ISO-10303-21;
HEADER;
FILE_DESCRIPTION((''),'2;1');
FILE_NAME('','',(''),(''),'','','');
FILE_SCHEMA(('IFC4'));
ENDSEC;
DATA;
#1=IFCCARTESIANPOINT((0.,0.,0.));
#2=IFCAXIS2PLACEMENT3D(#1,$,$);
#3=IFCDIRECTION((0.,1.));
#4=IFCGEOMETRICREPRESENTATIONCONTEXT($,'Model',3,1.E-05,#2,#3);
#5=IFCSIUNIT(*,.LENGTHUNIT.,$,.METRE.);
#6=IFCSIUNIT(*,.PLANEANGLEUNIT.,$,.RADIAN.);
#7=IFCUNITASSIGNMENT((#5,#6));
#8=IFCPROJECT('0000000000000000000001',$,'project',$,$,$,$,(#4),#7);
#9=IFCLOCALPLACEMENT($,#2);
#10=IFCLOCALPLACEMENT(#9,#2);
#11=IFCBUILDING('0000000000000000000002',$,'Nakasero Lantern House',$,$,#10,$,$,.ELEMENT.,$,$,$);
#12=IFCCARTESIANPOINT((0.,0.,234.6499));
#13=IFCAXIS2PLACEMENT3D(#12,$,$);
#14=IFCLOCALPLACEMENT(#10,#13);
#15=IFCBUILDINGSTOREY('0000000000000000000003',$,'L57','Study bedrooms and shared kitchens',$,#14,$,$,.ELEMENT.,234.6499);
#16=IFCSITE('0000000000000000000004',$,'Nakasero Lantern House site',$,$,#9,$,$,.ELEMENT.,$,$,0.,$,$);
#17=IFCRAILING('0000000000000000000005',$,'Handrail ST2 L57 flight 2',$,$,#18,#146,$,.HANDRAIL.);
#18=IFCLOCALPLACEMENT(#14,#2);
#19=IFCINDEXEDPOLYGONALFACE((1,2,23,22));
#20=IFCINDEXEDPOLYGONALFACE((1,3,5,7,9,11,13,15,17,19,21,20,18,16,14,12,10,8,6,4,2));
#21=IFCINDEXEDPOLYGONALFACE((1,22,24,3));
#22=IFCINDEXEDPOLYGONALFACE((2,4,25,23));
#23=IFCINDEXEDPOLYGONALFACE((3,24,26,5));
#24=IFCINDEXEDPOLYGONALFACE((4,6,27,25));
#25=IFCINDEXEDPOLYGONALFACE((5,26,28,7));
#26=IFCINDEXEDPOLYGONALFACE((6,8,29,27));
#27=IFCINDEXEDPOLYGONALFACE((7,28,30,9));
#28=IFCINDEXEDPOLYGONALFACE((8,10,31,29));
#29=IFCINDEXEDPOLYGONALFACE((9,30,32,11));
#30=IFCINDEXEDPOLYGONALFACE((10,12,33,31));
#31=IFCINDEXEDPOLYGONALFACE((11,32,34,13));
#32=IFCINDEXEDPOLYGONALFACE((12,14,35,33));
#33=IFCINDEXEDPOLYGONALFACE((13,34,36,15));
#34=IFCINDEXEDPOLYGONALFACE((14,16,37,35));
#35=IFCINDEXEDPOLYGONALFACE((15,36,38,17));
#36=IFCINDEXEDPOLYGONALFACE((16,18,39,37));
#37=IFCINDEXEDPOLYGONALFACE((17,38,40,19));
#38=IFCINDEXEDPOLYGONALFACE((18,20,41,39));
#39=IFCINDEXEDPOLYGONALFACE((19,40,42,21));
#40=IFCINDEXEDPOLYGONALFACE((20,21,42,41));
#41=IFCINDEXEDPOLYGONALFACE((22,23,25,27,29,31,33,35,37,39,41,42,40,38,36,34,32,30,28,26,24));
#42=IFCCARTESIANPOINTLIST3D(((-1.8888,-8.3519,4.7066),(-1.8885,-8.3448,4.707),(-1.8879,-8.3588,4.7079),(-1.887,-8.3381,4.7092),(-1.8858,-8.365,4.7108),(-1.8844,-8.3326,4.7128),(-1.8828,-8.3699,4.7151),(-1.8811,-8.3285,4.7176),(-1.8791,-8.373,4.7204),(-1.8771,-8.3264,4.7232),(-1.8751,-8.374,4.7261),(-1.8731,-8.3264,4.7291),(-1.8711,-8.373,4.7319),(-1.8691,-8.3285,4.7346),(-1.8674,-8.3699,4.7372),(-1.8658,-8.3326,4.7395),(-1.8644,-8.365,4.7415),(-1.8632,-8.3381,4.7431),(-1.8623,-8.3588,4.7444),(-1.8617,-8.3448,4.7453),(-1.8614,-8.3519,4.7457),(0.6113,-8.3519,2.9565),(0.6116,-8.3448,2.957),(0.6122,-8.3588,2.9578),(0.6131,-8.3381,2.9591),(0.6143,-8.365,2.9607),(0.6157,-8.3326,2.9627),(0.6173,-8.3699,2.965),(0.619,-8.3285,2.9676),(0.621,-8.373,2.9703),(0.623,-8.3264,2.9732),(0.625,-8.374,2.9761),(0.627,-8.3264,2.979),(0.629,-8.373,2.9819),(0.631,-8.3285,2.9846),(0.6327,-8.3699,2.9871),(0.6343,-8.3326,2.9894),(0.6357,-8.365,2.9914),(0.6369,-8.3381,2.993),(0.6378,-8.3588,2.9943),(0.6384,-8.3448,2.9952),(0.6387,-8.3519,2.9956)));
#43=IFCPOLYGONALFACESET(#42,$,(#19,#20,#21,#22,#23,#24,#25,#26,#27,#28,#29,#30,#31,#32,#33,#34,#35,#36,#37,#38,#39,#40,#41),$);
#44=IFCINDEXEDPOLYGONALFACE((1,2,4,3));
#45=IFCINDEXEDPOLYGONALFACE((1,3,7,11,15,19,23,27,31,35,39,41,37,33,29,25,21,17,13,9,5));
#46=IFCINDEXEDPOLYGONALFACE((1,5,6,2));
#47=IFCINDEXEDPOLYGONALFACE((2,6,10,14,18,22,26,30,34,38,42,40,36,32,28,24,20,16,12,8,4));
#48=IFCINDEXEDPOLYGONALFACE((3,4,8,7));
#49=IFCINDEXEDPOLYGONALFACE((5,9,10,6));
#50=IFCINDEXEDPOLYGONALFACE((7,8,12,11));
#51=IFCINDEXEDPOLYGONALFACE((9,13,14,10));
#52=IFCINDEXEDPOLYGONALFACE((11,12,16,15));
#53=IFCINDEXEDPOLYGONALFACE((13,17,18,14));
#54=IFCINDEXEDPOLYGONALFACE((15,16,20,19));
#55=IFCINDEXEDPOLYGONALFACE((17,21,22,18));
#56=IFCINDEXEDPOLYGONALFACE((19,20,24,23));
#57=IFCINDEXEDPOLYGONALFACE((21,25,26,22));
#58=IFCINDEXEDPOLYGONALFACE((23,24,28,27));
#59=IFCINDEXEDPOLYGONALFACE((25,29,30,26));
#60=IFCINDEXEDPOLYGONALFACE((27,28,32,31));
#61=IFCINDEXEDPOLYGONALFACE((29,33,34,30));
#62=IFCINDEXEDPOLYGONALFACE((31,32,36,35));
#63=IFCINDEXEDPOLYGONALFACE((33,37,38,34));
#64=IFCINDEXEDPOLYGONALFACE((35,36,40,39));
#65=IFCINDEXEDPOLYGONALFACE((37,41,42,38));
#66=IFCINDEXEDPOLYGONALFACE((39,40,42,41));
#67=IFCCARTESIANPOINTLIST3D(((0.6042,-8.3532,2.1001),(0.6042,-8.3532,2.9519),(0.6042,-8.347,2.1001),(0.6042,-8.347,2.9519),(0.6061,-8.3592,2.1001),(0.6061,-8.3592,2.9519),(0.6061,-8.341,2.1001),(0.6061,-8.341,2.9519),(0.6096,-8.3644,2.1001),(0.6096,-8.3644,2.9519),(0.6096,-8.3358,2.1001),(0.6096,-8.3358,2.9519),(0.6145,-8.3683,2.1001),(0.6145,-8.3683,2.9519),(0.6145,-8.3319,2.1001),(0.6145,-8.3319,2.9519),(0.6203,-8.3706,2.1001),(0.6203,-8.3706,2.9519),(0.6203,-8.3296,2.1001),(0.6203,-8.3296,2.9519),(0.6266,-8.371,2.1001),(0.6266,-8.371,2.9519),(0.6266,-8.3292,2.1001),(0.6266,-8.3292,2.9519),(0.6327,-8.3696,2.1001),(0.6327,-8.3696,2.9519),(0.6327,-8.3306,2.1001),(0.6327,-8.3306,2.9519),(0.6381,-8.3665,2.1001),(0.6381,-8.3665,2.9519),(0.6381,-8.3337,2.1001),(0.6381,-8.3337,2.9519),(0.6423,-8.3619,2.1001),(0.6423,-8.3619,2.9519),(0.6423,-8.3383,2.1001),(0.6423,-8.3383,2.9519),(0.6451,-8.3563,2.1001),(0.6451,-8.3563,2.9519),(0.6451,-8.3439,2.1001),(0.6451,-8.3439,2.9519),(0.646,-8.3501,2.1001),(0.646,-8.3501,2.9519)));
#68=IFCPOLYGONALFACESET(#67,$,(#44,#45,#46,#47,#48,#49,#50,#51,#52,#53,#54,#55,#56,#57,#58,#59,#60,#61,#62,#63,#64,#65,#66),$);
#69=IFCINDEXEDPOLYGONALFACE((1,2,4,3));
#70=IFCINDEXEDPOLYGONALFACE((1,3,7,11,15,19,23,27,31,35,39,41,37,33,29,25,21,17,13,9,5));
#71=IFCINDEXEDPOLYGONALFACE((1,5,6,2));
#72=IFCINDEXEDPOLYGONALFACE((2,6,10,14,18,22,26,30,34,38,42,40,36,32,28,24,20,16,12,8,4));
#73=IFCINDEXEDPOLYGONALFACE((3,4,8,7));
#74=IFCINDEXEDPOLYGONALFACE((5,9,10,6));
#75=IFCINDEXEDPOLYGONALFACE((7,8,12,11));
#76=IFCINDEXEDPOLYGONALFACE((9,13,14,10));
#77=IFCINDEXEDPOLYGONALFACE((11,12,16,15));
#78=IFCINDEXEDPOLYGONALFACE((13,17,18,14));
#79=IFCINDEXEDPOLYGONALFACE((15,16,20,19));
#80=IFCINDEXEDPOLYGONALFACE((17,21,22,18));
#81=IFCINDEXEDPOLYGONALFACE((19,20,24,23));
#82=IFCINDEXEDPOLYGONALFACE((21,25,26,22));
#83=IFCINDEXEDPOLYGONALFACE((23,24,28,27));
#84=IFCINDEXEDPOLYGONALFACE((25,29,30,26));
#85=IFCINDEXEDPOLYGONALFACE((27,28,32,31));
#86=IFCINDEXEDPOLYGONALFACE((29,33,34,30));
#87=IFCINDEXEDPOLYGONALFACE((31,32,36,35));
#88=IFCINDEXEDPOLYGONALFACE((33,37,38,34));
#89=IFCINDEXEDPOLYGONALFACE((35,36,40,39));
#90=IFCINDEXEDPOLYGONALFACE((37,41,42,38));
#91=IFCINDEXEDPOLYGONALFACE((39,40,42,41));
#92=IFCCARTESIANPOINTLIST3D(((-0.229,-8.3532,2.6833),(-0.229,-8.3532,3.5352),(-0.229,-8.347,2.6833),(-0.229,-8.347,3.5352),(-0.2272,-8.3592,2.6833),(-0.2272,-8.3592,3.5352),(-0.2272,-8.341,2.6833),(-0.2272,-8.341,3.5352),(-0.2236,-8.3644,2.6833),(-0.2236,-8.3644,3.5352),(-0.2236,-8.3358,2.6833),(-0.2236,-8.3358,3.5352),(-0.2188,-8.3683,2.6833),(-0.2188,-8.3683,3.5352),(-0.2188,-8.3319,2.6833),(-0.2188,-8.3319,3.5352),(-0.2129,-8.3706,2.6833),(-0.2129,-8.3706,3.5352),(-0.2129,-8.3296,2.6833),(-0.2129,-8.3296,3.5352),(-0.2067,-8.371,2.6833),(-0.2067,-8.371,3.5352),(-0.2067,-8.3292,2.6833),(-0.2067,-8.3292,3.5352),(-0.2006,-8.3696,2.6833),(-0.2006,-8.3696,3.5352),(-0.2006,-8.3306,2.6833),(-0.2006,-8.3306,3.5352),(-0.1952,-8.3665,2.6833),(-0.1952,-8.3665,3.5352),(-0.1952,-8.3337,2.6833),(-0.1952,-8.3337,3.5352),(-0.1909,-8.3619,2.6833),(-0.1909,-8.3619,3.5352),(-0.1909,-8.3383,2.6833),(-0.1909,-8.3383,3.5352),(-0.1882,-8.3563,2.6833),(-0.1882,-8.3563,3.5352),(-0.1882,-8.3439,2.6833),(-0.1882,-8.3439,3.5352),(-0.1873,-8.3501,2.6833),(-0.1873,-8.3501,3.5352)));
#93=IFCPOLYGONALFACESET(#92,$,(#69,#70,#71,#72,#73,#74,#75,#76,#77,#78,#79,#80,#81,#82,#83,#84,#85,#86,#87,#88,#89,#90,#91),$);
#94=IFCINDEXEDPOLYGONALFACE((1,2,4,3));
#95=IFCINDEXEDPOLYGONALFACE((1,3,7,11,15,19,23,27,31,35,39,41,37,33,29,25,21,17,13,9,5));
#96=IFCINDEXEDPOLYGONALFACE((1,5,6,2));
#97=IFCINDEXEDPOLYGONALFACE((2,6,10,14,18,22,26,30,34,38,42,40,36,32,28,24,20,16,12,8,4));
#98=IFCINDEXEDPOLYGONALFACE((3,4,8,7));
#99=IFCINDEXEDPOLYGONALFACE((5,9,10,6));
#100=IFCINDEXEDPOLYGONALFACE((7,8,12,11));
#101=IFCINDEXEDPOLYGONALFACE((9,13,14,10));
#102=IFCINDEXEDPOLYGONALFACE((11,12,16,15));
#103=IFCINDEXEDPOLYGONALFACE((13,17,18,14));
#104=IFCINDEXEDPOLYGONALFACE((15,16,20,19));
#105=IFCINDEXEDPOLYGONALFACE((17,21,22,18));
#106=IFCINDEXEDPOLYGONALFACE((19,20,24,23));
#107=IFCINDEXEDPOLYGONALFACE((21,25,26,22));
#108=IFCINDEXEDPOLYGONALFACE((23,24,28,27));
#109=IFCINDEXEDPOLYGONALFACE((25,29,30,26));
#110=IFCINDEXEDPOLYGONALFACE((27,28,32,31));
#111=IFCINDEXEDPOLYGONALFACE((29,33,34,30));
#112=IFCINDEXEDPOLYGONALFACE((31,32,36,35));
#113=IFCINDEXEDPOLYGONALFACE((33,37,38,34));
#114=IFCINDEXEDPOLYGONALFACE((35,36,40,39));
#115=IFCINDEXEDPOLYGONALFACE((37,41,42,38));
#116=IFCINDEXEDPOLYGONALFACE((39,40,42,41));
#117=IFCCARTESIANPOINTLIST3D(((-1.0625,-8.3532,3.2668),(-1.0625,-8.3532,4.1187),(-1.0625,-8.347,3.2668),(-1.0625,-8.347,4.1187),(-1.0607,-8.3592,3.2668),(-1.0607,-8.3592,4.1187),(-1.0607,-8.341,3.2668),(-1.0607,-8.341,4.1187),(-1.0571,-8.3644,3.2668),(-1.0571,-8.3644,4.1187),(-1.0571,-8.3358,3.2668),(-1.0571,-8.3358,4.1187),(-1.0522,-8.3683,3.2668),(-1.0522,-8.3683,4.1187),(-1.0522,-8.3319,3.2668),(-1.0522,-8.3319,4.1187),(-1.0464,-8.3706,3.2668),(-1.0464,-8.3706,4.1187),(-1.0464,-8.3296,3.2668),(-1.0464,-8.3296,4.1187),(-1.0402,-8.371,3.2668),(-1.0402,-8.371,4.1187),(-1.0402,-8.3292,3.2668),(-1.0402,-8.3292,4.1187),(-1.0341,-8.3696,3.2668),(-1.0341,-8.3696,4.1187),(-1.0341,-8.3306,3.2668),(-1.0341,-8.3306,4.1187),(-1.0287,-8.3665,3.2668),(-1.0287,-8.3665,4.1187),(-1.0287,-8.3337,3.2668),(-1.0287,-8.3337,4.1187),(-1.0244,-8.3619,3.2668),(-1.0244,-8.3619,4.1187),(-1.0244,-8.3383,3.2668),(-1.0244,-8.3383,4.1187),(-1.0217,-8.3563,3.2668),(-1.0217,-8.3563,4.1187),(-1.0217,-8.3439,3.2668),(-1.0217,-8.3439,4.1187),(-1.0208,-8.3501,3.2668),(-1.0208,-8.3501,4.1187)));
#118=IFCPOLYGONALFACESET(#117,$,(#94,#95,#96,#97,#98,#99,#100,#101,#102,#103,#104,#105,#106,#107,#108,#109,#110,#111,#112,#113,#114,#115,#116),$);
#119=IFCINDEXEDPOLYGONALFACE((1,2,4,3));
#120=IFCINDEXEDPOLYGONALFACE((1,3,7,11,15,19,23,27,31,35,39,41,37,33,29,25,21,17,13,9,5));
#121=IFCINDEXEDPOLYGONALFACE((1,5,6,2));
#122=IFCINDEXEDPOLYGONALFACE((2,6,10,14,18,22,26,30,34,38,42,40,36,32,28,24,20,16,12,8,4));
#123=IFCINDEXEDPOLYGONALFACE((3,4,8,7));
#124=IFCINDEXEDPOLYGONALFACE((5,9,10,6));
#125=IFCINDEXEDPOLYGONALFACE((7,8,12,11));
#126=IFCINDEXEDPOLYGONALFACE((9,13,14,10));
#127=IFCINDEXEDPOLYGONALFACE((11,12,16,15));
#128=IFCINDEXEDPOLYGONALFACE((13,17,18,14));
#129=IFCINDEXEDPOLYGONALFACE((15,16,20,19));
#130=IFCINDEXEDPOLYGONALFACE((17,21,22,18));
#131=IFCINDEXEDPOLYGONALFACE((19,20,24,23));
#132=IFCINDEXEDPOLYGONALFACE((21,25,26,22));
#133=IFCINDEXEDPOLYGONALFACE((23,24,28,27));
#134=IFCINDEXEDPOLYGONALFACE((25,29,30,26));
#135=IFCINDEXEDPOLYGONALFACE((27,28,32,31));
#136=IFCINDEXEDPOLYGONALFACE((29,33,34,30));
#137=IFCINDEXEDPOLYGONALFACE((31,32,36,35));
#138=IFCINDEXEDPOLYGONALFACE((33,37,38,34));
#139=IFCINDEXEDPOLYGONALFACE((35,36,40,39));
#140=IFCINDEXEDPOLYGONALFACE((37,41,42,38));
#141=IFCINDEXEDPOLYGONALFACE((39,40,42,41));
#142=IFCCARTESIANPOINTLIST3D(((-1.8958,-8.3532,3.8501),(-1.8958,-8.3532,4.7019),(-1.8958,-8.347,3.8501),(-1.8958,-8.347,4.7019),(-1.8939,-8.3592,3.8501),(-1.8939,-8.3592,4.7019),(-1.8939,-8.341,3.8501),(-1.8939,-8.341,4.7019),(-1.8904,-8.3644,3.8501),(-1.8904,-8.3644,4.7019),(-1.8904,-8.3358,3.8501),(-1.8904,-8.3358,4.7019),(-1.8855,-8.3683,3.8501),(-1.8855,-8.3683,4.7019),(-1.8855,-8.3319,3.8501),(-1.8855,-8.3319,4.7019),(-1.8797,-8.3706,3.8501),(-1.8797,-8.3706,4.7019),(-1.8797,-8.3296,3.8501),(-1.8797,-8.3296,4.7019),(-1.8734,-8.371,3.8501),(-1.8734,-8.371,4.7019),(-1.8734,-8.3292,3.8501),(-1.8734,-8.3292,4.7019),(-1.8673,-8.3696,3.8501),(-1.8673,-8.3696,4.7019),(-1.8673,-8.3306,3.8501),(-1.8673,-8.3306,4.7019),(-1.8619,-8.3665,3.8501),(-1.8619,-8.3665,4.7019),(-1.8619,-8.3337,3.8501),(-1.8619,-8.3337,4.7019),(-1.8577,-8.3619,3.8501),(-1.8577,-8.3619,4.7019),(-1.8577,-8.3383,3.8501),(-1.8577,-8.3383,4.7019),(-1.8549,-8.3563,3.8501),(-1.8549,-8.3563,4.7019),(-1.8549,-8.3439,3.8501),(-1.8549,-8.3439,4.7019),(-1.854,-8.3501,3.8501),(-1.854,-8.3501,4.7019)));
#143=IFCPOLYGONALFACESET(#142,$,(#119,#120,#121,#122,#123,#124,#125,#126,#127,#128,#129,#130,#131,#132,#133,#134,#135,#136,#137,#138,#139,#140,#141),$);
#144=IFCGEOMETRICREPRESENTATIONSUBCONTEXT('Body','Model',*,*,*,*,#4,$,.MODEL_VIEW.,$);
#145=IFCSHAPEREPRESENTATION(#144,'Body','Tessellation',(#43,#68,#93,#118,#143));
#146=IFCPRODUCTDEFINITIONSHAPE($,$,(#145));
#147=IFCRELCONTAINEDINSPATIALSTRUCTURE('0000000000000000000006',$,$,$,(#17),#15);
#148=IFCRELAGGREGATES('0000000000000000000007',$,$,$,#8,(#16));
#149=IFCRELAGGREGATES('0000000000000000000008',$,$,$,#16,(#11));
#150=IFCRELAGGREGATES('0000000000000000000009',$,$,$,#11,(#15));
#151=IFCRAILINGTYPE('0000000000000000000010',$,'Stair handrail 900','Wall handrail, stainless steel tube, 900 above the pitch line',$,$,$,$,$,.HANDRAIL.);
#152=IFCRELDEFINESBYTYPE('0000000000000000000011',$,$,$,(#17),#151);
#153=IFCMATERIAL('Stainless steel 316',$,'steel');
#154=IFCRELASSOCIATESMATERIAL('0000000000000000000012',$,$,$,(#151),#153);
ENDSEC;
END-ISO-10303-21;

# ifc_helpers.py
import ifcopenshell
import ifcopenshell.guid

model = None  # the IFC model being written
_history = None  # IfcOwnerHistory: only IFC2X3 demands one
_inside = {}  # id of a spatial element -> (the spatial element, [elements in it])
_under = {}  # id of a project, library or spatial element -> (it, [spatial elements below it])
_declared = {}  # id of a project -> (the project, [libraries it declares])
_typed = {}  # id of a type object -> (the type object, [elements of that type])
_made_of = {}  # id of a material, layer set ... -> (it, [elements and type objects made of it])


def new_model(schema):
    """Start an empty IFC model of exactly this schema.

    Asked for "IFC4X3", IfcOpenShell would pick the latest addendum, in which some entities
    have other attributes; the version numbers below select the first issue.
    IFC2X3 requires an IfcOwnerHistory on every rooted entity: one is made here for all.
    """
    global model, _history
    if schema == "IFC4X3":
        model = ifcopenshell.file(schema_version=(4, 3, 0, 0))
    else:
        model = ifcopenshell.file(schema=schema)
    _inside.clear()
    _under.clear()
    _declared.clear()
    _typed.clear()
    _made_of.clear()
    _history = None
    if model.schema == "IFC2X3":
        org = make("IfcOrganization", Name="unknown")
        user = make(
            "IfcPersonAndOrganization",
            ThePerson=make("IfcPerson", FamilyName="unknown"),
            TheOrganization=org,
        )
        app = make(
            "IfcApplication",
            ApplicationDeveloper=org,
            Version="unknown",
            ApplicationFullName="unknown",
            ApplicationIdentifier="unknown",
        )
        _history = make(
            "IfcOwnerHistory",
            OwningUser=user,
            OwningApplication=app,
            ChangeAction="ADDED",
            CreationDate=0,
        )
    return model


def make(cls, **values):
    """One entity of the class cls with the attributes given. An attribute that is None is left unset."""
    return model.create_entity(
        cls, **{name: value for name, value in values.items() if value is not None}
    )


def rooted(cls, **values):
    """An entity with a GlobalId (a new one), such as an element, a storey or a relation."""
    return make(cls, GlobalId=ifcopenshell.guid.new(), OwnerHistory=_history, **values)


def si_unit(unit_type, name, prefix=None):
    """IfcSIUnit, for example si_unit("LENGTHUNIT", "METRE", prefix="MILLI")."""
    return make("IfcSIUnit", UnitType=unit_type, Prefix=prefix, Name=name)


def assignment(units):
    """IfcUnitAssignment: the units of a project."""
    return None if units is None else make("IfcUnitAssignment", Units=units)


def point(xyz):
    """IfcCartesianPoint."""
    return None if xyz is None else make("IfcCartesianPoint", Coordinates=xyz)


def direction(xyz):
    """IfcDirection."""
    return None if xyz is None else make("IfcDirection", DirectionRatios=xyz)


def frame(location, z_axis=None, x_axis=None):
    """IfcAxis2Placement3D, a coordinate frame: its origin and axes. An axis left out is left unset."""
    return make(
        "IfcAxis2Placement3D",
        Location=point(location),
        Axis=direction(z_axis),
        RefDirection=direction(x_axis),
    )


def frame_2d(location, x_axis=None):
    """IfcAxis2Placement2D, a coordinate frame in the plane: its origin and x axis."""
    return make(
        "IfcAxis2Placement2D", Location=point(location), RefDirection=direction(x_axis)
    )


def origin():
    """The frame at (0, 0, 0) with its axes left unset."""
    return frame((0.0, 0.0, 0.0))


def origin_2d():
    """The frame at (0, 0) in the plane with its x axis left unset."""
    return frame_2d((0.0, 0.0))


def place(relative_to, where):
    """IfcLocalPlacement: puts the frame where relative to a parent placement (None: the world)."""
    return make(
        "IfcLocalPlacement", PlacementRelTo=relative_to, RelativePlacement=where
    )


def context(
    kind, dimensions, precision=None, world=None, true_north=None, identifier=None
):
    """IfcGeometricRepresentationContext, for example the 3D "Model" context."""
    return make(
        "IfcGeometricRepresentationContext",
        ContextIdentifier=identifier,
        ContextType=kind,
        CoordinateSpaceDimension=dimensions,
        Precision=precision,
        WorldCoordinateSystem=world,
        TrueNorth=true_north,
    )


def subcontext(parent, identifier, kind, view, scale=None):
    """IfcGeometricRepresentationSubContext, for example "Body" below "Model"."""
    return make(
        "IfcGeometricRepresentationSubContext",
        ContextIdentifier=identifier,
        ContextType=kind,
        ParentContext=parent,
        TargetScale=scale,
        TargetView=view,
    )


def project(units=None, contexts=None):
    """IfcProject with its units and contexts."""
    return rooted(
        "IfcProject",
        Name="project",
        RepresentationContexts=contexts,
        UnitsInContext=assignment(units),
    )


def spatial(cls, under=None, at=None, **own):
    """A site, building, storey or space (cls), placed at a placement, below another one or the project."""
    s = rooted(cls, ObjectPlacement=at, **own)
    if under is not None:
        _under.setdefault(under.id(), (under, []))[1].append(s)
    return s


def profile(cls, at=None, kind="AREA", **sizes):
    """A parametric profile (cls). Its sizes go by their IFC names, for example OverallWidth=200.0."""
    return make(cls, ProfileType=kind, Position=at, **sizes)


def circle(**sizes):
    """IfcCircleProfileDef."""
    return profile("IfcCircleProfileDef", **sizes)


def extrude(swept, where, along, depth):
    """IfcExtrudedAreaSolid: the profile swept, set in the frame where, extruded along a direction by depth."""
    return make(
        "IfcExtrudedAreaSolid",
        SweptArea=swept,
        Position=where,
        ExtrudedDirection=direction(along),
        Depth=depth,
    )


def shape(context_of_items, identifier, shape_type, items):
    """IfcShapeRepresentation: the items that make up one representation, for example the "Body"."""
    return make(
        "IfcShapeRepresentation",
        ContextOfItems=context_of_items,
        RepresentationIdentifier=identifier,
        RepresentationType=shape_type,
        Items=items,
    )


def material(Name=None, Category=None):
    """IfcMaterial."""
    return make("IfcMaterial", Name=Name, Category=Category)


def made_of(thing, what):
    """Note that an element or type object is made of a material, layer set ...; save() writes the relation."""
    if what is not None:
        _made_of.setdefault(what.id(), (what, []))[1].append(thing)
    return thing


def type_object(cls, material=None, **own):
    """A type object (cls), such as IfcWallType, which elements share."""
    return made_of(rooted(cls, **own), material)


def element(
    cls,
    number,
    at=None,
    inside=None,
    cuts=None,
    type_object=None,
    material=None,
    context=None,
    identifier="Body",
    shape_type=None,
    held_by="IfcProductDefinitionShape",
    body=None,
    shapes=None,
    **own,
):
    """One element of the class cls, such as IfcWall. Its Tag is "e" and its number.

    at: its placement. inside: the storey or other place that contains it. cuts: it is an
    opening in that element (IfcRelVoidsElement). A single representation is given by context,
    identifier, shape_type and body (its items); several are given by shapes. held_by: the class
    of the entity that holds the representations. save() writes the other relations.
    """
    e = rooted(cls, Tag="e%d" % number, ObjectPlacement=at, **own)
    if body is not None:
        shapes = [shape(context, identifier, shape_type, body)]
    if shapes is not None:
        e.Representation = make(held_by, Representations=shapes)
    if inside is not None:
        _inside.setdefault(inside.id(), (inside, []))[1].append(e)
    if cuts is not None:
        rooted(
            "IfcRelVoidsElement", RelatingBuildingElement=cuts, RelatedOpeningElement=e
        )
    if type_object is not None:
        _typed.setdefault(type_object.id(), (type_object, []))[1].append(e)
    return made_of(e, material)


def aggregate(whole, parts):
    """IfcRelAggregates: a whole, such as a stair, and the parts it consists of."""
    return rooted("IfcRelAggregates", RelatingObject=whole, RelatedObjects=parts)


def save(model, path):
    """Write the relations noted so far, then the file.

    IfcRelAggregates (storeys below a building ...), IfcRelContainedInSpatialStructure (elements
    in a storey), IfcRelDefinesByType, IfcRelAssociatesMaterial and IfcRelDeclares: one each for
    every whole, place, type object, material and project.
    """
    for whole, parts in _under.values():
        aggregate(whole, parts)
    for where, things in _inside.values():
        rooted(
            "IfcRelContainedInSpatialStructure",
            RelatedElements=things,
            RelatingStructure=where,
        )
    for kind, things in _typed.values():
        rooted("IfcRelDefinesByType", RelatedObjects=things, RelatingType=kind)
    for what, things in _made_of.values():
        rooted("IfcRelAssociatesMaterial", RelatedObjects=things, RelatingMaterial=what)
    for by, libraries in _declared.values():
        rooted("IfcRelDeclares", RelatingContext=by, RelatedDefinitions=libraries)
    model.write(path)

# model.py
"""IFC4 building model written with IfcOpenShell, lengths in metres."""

from ifc_helpers import new_model, si_unit, direction, frame, origin, origin_2d, place, context, subcontext, project, spatial, circle, extrude, material, type_object, element, save


model = new_model("IFC4")

# Units and contexts
model_context = context("Model", 3, precision=1e-05, world=origin(), true_north=direction((0.0, 1.0)))
body_context = subcontext(model_context, "Body", "Model", "MODEL_VIEW")
ifc_project = project(units=[si_unit("LENGTHUNIT", "METRE"), si_unit("PLANEANGLEUNIT", "RADIAN")], contexts=[model_context])

# Site, building, storey
site_placement = place(None, origin())
site = spatial("IfcSite", under=ifc_project, at=site_placement, Name="Nakasero Lantern House site", CompositionType="ELEMENT", RefElevation=0.0)
building_placement = place(site_placement, origin())
building = spatial("IfcBuilding", under=site, at=building_placement, Name="Nakasero Lantern House", CompositionType="ELEMENT")
storey_placement = place(building_placement, frame((0.0, 0.0, 234.6499)))
storey = spatial("IfcBuildingStorey", under=building, at=storey_placement, Name="L57", Description="Study bedrooms and shared kitchens", CompositionType="ELEMENT", Elevation=234.6499)

# Railing
ifc_material_1 = material(Name="Stainless steel 316", Category="steel")
railing_type = type_object("IfcRailingType", Name="Stair handrail 900", Description="Wall handrail, stainless steel tube, 900 above the pitch line", PredefinedType="HANDRAIL", material=ifc_material_1)
railing_placement = place(storey_placement, frame((0.625, -8.3501, 2.1001)))
element("IfcRailing", 1, at=railing_placement, inside=storey, type_object=railing_type, Name="Handrail ST2 L57 flight 2", PredefinedType="HANDRAIL", context=body_context, shape_type="SweptSolid", body=[
    extrude(circle(Radius=0.0239, at=origin_2d()), frame((0.0, 0.0, 0.876), z_axis=(-0.819232, 0.0, 0.573462), x_axis=(0.0, -1.0, 0.0)), (0.0, 0.0, 1.0), 3.0518),
    extrude(circle(Radius=0.021, at=origin_2d()), origin(), (0.0, 0.0, 1.0), 0.8518),
    extrude(circle(Radius=0.021, at=origin_2d()), frame((-0.8333, 0.0, 0.5833)), (0.0, 0.0, 1.0), 0.8518),
    extrude(circle(Radius=0.021, at=origin_2d()), frame((-1.6667, 0.0, 1.1667)), (0.0, 0.0, 1.0), 0.8518),
    extrude(circle(Radius=0.021, at=origin_2d()), frame((-2.5, 0.0, 1.75)), (0.0, 0.0, 1.0), 0.8518),
])

save(model, "model.ifc")
